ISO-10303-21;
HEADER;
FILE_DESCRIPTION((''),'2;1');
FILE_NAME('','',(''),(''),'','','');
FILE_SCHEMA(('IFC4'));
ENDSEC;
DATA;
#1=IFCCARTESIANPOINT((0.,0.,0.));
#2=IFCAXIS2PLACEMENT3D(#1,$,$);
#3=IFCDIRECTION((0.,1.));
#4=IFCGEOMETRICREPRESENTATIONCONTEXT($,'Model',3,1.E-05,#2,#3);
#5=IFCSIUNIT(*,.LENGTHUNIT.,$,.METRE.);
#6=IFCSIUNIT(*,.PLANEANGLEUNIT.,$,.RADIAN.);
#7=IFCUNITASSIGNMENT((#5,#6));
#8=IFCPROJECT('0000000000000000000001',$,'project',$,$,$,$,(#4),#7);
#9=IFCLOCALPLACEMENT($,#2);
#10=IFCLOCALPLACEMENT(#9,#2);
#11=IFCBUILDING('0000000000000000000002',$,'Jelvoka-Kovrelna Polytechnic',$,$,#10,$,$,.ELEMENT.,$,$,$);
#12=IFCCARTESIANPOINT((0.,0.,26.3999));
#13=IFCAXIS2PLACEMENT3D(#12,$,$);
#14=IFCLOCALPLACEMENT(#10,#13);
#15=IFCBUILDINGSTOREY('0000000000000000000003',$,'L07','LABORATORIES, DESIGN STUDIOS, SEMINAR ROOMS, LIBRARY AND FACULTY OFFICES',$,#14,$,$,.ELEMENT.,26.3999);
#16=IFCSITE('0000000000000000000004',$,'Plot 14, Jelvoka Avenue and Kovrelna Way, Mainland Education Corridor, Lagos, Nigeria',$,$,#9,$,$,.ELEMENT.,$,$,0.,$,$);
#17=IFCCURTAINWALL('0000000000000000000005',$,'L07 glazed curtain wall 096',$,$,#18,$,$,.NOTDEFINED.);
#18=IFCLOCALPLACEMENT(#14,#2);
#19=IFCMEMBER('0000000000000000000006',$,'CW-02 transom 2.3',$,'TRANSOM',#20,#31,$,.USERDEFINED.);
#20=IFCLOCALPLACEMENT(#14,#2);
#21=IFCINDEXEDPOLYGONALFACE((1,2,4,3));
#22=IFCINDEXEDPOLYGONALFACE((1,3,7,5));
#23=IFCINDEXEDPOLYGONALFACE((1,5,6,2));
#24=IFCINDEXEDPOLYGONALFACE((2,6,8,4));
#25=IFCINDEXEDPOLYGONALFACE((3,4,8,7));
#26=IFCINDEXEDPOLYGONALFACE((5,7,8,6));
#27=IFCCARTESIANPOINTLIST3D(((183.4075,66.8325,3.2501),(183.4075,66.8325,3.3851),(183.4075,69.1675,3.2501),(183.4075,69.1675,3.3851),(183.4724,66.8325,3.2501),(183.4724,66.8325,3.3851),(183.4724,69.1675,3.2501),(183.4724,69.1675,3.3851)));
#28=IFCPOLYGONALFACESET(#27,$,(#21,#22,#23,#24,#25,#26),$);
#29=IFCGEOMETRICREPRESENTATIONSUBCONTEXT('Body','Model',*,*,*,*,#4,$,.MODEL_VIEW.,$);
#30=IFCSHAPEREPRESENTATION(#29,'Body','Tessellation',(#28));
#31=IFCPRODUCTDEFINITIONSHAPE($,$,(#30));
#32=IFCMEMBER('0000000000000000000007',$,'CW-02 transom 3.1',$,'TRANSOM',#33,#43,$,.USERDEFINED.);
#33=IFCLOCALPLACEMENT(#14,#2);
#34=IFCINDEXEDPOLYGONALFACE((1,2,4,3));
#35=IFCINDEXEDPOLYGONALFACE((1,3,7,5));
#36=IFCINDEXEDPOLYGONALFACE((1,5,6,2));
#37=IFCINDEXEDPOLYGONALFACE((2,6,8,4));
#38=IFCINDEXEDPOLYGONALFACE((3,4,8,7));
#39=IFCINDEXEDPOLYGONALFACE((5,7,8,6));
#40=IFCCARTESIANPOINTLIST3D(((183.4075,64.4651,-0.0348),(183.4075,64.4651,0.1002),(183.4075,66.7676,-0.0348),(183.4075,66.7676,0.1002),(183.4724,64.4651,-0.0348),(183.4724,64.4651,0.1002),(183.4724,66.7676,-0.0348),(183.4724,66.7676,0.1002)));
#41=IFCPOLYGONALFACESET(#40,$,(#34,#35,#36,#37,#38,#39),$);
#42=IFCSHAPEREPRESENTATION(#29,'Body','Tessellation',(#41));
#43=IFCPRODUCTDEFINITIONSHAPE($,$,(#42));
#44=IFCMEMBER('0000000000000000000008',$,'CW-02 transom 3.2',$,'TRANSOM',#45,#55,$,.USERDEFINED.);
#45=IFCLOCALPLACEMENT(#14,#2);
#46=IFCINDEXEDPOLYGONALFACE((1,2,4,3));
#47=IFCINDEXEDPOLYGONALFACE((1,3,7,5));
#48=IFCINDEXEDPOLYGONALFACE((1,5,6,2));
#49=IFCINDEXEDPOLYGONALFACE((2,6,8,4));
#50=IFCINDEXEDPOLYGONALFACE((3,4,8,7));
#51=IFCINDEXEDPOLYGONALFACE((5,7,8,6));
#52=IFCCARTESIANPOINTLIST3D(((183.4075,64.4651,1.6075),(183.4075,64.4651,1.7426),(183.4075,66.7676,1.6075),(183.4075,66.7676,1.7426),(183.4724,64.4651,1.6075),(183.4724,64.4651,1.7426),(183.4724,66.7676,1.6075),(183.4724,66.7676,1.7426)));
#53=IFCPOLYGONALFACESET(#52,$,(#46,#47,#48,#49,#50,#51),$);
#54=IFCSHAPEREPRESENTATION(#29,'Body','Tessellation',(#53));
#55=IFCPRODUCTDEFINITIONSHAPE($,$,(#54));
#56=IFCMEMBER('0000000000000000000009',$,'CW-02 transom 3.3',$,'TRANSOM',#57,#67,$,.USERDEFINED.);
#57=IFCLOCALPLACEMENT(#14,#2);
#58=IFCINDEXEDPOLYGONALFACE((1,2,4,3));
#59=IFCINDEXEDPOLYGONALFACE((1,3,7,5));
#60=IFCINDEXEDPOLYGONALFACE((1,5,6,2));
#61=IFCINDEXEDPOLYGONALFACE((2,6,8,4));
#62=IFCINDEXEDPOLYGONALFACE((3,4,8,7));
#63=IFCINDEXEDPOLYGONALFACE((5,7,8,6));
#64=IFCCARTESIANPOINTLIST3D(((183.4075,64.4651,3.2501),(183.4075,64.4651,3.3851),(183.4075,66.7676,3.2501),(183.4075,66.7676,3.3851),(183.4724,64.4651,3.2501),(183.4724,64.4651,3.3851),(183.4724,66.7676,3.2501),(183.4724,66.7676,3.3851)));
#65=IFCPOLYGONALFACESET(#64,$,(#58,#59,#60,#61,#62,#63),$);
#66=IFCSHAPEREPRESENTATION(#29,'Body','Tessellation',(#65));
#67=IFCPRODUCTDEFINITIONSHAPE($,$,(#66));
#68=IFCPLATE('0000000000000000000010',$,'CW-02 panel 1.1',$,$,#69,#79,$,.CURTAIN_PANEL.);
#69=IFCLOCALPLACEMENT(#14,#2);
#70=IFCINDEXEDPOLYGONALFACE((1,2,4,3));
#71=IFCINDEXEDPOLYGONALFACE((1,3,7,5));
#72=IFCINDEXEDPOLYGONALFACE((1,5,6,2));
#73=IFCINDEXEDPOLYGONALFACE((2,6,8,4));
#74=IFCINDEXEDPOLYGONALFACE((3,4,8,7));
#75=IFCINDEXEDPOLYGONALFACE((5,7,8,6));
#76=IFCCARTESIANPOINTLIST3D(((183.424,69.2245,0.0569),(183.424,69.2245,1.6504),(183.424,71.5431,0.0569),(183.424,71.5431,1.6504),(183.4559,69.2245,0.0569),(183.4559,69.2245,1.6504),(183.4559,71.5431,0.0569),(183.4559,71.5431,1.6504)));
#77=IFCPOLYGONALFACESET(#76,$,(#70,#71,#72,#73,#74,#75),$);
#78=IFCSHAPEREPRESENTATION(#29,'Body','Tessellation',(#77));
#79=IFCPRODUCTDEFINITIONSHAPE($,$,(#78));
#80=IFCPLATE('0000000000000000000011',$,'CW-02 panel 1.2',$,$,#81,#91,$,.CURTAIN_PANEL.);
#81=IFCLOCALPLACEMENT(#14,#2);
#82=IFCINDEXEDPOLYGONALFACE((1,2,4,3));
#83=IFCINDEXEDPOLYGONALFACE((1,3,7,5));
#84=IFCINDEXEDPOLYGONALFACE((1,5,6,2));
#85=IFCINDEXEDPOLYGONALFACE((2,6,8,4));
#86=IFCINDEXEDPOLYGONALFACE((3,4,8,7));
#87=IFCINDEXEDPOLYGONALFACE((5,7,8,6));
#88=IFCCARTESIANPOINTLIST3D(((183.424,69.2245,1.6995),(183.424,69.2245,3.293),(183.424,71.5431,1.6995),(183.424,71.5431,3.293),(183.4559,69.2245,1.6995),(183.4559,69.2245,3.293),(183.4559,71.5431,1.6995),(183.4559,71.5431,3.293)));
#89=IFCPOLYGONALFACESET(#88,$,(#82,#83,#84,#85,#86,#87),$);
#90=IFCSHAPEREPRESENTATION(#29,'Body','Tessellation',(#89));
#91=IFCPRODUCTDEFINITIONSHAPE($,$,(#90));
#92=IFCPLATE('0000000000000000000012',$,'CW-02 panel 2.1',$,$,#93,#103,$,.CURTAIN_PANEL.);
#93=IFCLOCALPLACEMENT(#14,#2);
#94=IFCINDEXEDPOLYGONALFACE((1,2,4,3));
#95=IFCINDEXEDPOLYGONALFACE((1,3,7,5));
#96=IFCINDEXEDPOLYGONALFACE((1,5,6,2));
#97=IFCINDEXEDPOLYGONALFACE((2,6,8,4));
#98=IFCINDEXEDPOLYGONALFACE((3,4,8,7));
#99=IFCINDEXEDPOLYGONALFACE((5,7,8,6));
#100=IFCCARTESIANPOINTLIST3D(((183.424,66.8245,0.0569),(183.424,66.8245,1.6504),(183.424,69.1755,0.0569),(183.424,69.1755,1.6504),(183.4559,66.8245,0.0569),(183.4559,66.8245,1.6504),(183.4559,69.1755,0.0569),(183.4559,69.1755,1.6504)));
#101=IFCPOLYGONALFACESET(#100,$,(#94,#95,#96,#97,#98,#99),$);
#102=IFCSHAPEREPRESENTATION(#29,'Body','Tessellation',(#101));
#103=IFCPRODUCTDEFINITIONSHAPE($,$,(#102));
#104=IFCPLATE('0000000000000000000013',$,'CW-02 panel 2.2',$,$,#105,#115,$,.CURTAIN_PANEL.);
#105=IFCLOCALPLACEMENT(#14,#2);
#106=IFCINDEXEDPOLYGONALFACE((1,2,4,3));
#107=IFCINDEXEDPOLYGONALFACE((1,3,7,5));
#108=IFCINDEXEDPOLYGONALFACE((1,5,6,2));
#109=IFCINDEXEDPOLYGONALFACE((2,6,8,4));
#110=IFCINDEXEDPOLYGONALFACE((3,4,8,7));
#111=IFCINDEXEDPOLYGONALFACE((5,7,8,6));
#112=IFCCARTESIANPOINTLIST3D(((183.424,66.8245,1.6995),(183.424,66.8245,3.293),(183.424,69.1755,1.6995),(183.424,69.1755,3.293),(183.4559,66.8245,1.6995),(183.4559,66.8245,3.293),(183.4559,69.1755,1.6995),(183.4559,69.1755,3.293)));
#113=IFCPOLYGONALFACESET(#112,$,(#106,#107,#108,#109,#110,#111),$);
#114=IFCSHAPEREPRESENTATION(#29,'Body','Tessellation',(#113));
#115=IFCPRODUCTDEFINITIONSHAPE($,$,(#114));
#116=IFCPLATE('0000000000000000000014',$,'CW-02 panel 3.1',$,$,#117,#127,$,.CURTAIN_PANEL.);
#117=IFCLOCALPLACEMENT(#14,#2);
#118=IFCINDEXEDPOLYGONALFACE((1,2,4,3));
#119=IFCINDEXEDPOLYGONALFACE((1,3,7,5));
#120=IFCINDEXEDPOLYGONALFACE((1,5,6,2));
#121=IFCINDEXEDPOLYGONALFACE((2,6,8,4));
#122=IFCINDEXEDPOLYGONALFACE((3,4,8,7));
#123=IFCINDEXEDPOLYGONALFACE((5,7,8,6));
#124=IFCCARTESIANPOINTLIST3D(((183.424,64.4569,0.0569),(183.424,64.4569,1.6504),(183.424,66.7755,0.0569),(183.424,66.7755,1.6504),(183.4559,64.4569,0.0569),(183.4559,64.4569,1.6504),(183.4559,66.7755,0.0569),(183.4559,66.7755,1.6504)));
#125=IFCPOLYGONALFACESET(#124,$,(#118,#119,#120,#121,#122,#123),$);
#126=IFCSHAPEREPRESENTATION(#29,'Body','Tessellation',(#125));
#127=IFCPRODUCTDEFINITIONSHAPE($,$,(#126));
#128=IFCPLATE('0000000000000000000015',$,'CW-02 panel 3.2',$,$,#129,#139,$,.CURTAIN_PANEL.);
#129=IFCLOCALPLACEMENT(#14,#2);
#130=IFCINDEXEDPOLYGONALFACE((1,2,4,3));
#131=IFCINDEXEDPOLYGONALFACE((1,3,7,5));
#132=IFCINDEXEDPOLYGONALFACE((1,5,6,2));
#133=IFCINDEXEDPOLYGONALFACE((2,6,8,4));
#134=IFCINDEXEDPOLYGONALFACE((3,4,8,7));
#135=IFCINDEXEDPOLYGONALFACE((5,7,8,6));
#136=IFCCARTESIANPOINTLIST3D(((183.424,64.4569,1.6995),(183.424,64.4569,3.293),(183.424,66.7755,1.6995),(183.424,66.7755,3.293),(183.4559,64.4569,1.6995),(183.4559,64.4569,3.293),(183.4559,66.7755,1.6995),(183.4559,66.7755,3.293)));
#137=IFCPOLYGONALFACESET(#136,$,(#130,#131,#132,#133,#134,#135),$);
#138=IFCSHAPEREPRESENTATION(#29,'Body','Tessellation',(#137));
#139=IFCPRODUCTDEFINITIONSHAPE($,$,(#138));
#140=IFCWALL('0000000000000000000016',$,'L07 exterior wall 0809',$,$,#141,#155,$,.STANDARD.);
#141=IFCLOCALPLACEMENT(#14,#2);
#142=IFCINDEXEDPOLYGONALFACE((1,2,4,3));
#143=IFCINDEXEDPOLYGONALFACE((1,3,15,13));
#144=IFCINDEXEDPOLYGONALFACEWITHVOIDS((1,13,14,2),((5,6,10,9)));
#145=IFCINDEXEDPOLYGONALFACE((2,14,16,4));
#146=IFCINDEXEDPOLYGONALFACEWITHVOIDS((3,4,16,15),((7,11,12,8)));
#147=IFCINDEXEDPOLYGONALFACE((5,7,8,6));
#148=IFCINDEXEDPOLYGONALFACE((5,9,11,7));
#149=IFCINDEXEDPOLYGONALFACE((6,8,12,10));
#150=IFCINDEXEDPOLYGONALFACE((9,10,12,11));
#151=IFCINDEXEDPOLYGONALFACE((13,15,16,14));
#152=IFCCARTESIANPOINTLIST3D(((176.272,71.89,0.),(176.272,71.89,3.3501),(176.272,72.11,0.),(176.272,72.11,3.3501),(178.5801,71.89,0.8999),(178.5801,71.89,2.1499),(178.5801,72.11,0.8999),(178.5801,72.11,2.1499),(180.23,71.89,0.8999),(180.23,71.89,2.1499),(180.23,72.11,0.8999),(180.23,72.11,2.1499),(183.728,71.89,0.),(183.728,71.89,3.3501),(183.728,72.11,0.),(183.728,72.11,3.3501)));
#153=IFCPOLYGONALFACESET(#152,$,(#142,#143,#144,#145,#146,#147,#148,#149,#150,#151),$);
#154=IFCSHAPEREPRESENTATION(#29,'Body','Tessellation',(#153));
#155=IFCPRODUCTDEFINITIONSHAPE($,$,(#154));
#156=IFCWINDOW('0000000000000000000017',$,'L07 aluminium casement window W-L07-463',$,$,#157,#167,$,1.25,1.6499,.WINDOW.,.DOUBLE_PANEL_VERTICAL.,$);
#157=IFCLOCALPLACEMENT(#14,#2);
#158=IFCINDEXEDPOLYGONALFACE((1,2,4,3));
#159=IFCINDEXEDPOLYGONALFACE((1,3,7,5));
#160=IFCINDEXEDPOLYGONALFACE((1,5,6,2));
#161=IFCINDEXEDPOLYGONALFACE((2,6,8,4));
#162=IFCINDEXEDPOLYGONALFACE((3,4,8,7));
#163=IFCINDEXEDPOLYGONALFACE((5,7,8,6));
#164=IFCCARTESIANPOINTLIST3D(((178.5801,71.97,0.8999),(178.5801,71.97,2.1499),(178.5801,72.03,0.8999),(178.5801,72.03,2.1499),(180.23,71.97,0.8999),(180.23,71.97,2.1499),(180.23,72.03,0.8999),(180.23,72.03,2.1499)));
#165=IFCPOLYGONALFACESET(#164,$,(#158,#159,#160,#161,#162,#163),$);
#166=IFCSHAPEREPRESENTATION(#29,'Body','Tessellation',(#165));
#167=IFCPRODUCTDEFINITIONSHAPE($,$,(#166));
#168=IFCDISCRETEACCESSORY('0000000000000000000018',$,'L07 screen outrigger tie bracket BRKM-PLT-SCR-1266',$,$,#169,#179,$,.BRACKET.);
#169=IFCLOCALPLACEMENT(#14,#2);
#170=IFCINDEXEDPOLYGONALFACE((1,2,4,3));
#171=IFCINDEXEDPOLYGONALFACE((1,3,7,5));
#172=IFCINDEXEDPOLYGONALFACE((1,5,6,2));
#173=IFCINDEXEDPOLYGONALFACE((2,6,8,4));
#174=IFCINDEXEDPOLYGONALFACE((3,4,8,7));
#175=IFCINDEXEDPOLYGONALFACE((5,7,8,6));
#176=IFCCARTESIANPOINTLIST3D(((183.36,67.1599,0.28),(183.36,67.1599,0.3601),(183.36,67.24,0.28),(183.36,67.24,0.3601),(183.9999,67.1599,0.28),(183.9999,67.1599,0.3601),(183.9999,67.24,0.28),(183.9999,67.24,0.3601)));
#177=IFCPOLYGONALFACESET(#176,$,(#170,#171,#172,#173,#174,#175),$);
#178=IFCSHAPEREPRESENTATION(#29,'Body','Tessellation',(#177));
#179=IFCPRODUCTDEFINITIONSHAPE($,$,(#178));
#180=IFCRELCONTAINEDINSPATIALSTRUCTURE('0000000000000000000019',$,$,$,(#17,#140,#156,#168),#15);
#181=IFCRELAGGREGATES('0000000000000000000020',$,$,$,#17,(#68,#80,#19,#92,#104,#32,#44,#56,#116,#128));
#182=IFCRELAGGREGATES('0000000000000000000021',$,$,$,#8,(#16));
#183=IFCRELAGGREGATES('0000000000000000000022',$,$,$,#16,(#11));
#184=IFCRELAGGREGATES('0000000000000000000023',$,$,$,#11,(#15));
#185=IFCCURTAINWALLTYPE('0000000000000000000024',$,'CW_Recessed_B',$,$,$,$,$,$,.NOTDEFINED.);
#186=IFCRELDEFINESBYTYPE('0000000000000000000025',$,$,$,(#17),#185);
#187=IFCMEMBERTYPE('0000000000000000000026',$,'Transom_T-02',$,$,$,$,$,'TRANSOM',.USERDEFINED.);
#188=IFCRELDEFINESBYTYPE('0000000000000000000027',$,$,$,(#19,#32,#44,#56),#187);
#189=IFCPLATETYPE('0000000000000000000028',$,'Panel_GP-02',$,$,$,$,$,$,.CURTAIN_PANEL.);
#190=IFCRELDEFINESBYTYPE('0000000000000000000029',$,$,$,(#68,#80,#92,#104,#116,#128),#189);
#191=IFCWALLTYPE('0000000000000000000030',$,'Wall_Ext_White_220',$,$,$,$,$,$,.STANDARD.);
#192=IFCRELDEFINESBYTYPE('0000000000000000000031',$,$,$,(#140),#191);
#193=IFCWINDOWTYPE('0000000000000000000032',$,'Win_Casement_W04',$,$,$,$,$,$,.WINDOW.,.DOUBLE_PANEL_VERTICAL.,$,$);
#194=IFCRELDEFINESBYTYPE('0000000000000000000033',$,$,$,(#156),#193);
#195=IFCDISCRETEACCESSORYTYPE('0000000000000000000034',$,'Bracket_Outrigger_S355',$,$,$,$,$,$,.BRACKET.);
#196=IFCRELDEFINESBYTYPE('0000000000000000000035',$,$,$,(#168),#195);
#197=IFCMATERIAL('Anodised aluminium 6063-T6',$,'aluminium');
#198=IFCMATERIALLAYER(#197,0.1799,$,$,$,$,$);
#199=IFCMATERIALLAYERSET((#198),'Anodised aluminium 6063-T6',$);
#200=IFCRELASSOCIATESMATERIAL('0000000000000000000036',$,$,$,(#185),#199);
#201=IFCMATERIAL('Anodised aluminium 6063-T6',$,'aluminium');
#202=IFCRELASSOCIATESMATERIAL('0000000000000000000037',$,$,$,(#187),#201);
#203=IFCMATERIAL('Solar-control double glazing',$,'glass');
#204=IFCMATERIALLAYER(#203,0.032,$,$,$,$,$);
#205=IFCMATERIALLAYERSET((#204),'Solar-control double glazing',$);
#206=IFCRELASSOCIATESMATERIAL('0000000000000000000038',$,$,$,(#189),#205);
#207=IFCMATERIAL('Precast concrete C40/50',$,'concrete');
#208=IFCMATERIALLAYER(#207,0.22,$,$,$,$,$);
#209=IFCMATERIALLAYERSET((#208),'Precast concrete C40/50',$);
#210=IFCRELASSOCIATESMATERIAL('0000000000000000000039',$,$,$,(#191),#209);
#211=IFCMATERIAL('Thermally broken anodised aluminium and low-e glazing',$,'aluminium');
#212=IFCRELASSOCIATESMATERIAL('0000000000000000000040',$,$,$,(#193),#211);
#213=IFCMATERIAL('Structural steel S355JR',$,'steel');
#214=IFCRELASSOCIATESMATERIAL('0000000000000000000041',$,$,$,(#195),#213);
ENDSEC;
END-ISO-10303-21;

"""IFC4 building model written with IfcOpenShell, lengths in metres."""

from ifc_helpers import new_model, si_unit, direction, frame, frame_2d, origin, origin_2d, place, context, subcontext, project, spatial, rectangle, extrude, material, layer, layer_set, material_profile, profile_set, type_object, element, fill, aggregate, save


model = new_model("IFC4")

# Units and contexts
model_context = context("Model", 3, precision=1e-05, world=origin(), true_north=direction((0.0, 1.0)))
body_context = subcontext(model_context, "Body", "Model", "MODEL_VIEW")
ifc_project = project(units=[si_unit("LENGTHUNIT", "METRE"), si_unit("PLANEANGLEUNIT", "RADIAN")], contexts=[model_context])

# Site, building, storey
site_placement = place(None, origin())
site = spatial("IfcSite", under=ifc_project, at=site_placement, Name="Plot 14, Jelvoka Avenue and Kovrelna Way, Mainland Education Corridor, Lagos, Nigeria", CompositionType="ELEMENT", RefElevation=0.0)
building_placement = place(site_placement, origin())
building = spatial("IfcBuilding", under=site, at=building_placement, Name="Jelvoka-Kovrelna Polytechnic", CompositionType="ELEMENT")
storey_placement = place(building_placement, frame((0.0, 0.0, 26.3999)))
storey = spatial("IfcBuildingStorey", under=building, at=storey_placement, Name="L07", Description="LABORATORIES, DESIGN STUDIOS, SEMINAR ROOMS, LIBRARY AND FACULTY OFFICES", CompositionType="ELEMENT", Elevation=26.3999)

# Curtain wall
ifc_material_1 = material(Name="Anodised aluminium 6063-T6", Category="aluminium")
ifc_layer_1 = layer(ifc_material_1, 0.1799)
ifc_layer_set_1 = layer_set([ifc_layer_1], Name="Anodised aluminium 6063-T6")
curtain_wall_type = type_object("IfcCurtainWallType", Name="CW_Recessed_B", PredefinedType="NOTDEFINED", material=ifc_layer_set_1)
curtain_wall_placement = place(storey_placement, origin())
curtain_wall = element("IfcCurtainWall", 1, at=curtain_wall_placement, inside=storey, type_object=curtain_wall_type, Name="L07 glazed curtain wall 096", PredefinedType="NOTDEFINED")

# Members
ifc_material_2 = material(Name="Anodised aluminium 6063-T6", Category="aluminium")
ifc_material_profile_1 = material_profile(ifc_material_2, rectangle(XDim=0.0649, YDim=0.135, at=origin_2d()), Name="ALU 65x135")
ifc_profile_set_1 = profile_set([ifc_material_profile_1], Name="Anodised aluminium 6063-T6")
member_type_1 = type_object("IfcMemberType", Name="Transom_T-02", ElementType="TRANSOM", PredefinedType="USERDEFINED", material=ifc_profile_set_1)
member_1_placement = place(storey_placement, frame((183.4399, 69.1675, 3.3176), z_axis=(0.0, -1.0, 0.0), x_axis=(1.0, 0.0, 0.0)))
member_1 = element("IfcMember", 2, at=member_1_placement, type_object=member_type_1, Name="CW-02 transom 2.3", ObjectType="TRANSOM", PredefinedType="USERDEFINED", context=body_context, shape_type="SweptSolid", body=[
    extrude(rectangle(XDim=0.0649, YDim=0.135, at=origin_2d()), origin(), (0.0, 0.0, 1.0), 2.335),
])
member_2_placement = place(storey_placement, frame((183.4399, 66.7676, 0.0327), z_axis=(0.0, -1.0, 0.0), x_axis=(1.0, 0.0, 0.0)))
member_2 = element("IfcMember", 3, at=member_2_placement, type_object=member_type_1, Name="CW-02 transom 3.1", ObjectType="TRANSOM", PredefinedType="USERDEFINED", context=body_context, shape_type="SweptSolid", body=[
    extrude(rectangle(XDim=0.0649, YDim=0.135, at=origin_2d()), origin(), (0.0, 0.0, 1.0), 2.3025),
])
member_3_placement = place(storey_placement, frame((183.4399, 66.7676, 1.675), z_axis=(0.0, -1.0, 0.0), x_axis=(1.0, 0.0, 0.0)))
member_3 = element("IfcMember", 4, at=member_3_placement, type_object=member_type_1, Name="CW-02 transom 3.2", ObjectType="TRANSOM", PredefinedType="USERDEFINED", context=body_context, shape_type="SweptSolid", body=[
    extrude(rectangle(XDim=0.0649, YDim=0.135, at=origin_2d()), origin(), (0.0, 0.0, 1.0), 2.3025),
])
member_4_placement = place(storey_placement, frame((183.4399, 66.7676, 3.3176), z_axis=(0.0, -1.0, 0.0), x_axis=(1.0, 0.0, 0.0)))
member_4 = element("IfcMember", 5, at=member_4_placement, type_object=member_type_1, Name="CW-02 transom 3.3", ObjectType="TRANSOM", PredefinedType="USERDEFINED", context=body_context, shape_type="SweptSolid", body=[
    extrude(rectangle(XDim=0.0649, YDim=0.135, at=origin_2d()), origin(), (0.0, 0.0, 1.0), 2.3025),
])

# Plates
ifc_material_3 = material(Name="Solar-control double glazing", Category="glass")
ifc_layer_2 = layer(ifc_material_3, 0.032)
ifc_layer_set_2 = layer_set([ifc_layer_2], Name="Solar-control double glazing")
plate_type = type_object("IfcPlateType", Name="Panel_GP-02", PredefinedType="CURTAIN_PANEL", material=ifc_layer_set_2)
plate_1_placement = place(storey_placement, frame((183.4399, 70.3838, 0.0569), z_axis=(0.0, 0.0, 1.0), x_axis=(0.0, -1.0, 0.0)))
plate_1 = element("IfcPlate", 6, at=plate_1_placement, type_object=plate_type, Name="CW-02 panel 1.1", PredefinedType="CURTAIN_PANEL", context=body_context, shape_type="SweptSolid", body=[
    extrude(rectangle(XDim=2.3186, YDim=0.032, at=origin_2d()), origin(), (0.0, 0.0, 1.0), 1.5935),
])
plate_2_placement = place(storey_placement, frame((183.4399, 70.3838, 1.6995), z_axis=(0.0, 0.0, 1.0), x_axis=(0.0, -1.0, 0.0)))
plate_2 = element("IfcPlate", 7, at=plate_2_placement, type_object=plate_type, Name="CW-02 panel 1.2", PredefinedType="CURTAIN_PANEL", context=body_context, shape_type="SweptSolid", body=[
    extrude(rectangle(XDim=2.3186, YDim=0.032, at=origin_2d()), origin(), (0.0, 0.0, 1.0), 1.5935),
])
plate_3_placement = place(storey_placement, frame((183.4399, 68.0, 0.0569), z_axis=(0.0, 0.0, 1.0), x_axis=(0.0, -1.0, 0.0)))
plate_3 = element("IfcPlate", 8, at=plate_3_placement, type_object=plate_type, Name="CW-02 panel 2.1", PredefinedType="CURTAIN_PANEL", context=body_context, shape_type="SweptSolid", body=[
    extrude(rectangle(XDim=2.3511, YDim=0.032, at=origin_2d()), origin(), (0.0, 0.0, 1.0), 1.5935),
])
plate_4_placement = place(storey_placement, frame((183.4399, 68.0, 1.6995), z_axis=(0.0, 0.0, 1.0), x_axis=(0.0, -1.0, 0.0)))
plate_4 = element("IfcPlate", 9, at=plate_4_placement, type_object=plate_type, Name="CW-02 panel 2.2", PredefinedType="CURTAIN_PANEL", context=body_context, shape_type="SweptSolid", body=[
    extrude(rectangle(XDim=2.3511, YDim=0.032, at=origin_2d()), origin(), (0.0, 0.0, 1.0), 1.5935),
])
plate_5_placement = place(storey_placement, frame((183.4399, 65.6162, 0.0569), z_axis=(0.0, 0.0, 1.0), x_axis=(0.0, -1.0, 0.0)))
plate_5 = element("IfcPlate", 10, at=plate_5_placement, type_object=plate_type, Name="CW-02 panel 3.1", PredefinedType="CURTAIN_PANEL", context=body_context, shape_type="SweptSolid", body=[
    extrude(rectangle(XDim=2.3186, YDim=0.032, at=origin_2d()), origin(), (0.0, 0.0, 1.0), 1.5935),
])
plate_6_placement = place(storey_placement, frame((183.4399, 65.6162, 1.6995), z_axis=(0.0, 0.0, 1.0), x_axis=(0.0, -1.0, 0.0)))
plate_6 = element("IfcPlate", 11, at=plate_6_placement, type_object=plate_type, Name="CW-02 panel 3.2", PredefinedType="CURTAIN_PANEL", context=body_context, shape_type="SweptSolid", body=[
    extrude(rectangle(XDim=2.3186, YDim=0.032, at=origin_2d()), origin(), (0.0, 0.0, 1.0), 1.5935),
])
aggregate(curtain_wall, [plate_1, plate_2, member_1, plate_3, plate_4, member_2, member_3, member_4, plate_5, plate_6])

# Wall, opening, window
ifc_material_4 = material(Name="Precast concrete C40/50", Category="concrete")
ifc_layer_3 = layer(ifc_material_4, 0.22)
ifc_layer_set_3 = layer_set([ifc_layer_3], Name="Precast concrete C40/50")
wall_type = type_object("IfcWallType", Name="Wall_Ext_White_220", PredefinedType="STANDARD", material=ifc_layer_set_3)
wall_placement = place(storey_placement, frame((176.272, 72.0, 0.0), z_axis=(0.0, 0.0, 1.0), x_axis=(1.0, 0.0, 0.0)))
wall = element("IfcWall", 12, at=wall_placement, inside=storey, type_object=wall_type, Name="L07 exterior wall 0809", PredefinedType="STANDARD", context=body_context, shape_type="SweptSolid", body=[
    extrude(rectangle(XDim=7.4561, YDim=0.22, at=frame_2d((3.728, 0.0))), origin(), (0.0, 0.0, 1.0), 3.3501),
])
opening_placement = place(wall_placement, frame((2.3081, 0.0, 0.8999)))
opening = element("IfcOpeningElement", 13, at=opening_placement, cuts=wall, PredefinedType="OPENING", context=body_context, shape_type="SweptSolid", body=[
    extrude(rectangle(XDim=1.6499, YDim=1.25, at=frame_2d((0.825, 0.625))), frame((0.0, 0.1199, 0.0), z_axis=(0.0, -1.0, 0.0), x_axis=(1.0, 0.0, 0.0)), (0.0, 0.0, 1.0), 0.24),
])
ifc_material_5 = material(Name="Thermally broken anodised aluminium and low-e glazing", Category="aluminium")
window_type = type_object("IfcWindowType", Name="Win_Casement_W04", PartitioningType="DOUBLE_PANEL_VERTICAL", PredefinedType="WINDOW", material=ifc_material_5)
window_placement = place(opening_placement, origin())
window = element("IfcWindow", 14, at=window_placement, inside=storey, type_object=window_type, Name="L07 aluminium casement window W-L07-463", OverallHeight=1.25, OverallWidth=1.6499, PartitioningType="DOUBLE_PANEL_VERTICAL", PredefinedType="WINDOW", context=body_context, shape_type="SweptSolid", body=[
    extrude(rectangle(XDim=1.6499, YDim=1.25, at=frame_2d((0.825, 0.625))), frame((0.0, 0.03, 0.0), z_axis=(0.0, -1.0, 0.0), x_axis=(1.0, 0.0, 0.0)), (0.0, 0.0, 1.0), 0.0601),
])
fill(opening, window)

# Discrete accessory
ifc_material_6 = material(Name="Structural steel S355JR", Category="steel")
discrete_accessory_type = type_object("IfcDiscreteAccessoryType", Name="Bracket_Outrigger_S355", PredefinedType="BRACKET", material=ifc_material_6)
discrete_accessory_1_placement = place(storey_placement, frame((183.6799, 67.2, 0.28), z_axis=(0.0, 0.0, 1.0), x_axis=(1.0, 0.0, 0.0)))
element("IfcDiscreteAccessory", 15, at=discrete_accessory_1_placement, inside=storey, type_object=discrete_accessory_type, Name="L07 screen outrigger tie bracket BRKM-PLT-SCR-1266", PredefinedType="BRACKET", context=body_context, shape_type="SweptSolid", body=[
    extrude(rectangle(XDim=0.6399, YDim=0.0801, at=origin_2d()), origin(), (0.0, 0.0, 1.0), 0.0801),
])

save(model, "model.ifc")
